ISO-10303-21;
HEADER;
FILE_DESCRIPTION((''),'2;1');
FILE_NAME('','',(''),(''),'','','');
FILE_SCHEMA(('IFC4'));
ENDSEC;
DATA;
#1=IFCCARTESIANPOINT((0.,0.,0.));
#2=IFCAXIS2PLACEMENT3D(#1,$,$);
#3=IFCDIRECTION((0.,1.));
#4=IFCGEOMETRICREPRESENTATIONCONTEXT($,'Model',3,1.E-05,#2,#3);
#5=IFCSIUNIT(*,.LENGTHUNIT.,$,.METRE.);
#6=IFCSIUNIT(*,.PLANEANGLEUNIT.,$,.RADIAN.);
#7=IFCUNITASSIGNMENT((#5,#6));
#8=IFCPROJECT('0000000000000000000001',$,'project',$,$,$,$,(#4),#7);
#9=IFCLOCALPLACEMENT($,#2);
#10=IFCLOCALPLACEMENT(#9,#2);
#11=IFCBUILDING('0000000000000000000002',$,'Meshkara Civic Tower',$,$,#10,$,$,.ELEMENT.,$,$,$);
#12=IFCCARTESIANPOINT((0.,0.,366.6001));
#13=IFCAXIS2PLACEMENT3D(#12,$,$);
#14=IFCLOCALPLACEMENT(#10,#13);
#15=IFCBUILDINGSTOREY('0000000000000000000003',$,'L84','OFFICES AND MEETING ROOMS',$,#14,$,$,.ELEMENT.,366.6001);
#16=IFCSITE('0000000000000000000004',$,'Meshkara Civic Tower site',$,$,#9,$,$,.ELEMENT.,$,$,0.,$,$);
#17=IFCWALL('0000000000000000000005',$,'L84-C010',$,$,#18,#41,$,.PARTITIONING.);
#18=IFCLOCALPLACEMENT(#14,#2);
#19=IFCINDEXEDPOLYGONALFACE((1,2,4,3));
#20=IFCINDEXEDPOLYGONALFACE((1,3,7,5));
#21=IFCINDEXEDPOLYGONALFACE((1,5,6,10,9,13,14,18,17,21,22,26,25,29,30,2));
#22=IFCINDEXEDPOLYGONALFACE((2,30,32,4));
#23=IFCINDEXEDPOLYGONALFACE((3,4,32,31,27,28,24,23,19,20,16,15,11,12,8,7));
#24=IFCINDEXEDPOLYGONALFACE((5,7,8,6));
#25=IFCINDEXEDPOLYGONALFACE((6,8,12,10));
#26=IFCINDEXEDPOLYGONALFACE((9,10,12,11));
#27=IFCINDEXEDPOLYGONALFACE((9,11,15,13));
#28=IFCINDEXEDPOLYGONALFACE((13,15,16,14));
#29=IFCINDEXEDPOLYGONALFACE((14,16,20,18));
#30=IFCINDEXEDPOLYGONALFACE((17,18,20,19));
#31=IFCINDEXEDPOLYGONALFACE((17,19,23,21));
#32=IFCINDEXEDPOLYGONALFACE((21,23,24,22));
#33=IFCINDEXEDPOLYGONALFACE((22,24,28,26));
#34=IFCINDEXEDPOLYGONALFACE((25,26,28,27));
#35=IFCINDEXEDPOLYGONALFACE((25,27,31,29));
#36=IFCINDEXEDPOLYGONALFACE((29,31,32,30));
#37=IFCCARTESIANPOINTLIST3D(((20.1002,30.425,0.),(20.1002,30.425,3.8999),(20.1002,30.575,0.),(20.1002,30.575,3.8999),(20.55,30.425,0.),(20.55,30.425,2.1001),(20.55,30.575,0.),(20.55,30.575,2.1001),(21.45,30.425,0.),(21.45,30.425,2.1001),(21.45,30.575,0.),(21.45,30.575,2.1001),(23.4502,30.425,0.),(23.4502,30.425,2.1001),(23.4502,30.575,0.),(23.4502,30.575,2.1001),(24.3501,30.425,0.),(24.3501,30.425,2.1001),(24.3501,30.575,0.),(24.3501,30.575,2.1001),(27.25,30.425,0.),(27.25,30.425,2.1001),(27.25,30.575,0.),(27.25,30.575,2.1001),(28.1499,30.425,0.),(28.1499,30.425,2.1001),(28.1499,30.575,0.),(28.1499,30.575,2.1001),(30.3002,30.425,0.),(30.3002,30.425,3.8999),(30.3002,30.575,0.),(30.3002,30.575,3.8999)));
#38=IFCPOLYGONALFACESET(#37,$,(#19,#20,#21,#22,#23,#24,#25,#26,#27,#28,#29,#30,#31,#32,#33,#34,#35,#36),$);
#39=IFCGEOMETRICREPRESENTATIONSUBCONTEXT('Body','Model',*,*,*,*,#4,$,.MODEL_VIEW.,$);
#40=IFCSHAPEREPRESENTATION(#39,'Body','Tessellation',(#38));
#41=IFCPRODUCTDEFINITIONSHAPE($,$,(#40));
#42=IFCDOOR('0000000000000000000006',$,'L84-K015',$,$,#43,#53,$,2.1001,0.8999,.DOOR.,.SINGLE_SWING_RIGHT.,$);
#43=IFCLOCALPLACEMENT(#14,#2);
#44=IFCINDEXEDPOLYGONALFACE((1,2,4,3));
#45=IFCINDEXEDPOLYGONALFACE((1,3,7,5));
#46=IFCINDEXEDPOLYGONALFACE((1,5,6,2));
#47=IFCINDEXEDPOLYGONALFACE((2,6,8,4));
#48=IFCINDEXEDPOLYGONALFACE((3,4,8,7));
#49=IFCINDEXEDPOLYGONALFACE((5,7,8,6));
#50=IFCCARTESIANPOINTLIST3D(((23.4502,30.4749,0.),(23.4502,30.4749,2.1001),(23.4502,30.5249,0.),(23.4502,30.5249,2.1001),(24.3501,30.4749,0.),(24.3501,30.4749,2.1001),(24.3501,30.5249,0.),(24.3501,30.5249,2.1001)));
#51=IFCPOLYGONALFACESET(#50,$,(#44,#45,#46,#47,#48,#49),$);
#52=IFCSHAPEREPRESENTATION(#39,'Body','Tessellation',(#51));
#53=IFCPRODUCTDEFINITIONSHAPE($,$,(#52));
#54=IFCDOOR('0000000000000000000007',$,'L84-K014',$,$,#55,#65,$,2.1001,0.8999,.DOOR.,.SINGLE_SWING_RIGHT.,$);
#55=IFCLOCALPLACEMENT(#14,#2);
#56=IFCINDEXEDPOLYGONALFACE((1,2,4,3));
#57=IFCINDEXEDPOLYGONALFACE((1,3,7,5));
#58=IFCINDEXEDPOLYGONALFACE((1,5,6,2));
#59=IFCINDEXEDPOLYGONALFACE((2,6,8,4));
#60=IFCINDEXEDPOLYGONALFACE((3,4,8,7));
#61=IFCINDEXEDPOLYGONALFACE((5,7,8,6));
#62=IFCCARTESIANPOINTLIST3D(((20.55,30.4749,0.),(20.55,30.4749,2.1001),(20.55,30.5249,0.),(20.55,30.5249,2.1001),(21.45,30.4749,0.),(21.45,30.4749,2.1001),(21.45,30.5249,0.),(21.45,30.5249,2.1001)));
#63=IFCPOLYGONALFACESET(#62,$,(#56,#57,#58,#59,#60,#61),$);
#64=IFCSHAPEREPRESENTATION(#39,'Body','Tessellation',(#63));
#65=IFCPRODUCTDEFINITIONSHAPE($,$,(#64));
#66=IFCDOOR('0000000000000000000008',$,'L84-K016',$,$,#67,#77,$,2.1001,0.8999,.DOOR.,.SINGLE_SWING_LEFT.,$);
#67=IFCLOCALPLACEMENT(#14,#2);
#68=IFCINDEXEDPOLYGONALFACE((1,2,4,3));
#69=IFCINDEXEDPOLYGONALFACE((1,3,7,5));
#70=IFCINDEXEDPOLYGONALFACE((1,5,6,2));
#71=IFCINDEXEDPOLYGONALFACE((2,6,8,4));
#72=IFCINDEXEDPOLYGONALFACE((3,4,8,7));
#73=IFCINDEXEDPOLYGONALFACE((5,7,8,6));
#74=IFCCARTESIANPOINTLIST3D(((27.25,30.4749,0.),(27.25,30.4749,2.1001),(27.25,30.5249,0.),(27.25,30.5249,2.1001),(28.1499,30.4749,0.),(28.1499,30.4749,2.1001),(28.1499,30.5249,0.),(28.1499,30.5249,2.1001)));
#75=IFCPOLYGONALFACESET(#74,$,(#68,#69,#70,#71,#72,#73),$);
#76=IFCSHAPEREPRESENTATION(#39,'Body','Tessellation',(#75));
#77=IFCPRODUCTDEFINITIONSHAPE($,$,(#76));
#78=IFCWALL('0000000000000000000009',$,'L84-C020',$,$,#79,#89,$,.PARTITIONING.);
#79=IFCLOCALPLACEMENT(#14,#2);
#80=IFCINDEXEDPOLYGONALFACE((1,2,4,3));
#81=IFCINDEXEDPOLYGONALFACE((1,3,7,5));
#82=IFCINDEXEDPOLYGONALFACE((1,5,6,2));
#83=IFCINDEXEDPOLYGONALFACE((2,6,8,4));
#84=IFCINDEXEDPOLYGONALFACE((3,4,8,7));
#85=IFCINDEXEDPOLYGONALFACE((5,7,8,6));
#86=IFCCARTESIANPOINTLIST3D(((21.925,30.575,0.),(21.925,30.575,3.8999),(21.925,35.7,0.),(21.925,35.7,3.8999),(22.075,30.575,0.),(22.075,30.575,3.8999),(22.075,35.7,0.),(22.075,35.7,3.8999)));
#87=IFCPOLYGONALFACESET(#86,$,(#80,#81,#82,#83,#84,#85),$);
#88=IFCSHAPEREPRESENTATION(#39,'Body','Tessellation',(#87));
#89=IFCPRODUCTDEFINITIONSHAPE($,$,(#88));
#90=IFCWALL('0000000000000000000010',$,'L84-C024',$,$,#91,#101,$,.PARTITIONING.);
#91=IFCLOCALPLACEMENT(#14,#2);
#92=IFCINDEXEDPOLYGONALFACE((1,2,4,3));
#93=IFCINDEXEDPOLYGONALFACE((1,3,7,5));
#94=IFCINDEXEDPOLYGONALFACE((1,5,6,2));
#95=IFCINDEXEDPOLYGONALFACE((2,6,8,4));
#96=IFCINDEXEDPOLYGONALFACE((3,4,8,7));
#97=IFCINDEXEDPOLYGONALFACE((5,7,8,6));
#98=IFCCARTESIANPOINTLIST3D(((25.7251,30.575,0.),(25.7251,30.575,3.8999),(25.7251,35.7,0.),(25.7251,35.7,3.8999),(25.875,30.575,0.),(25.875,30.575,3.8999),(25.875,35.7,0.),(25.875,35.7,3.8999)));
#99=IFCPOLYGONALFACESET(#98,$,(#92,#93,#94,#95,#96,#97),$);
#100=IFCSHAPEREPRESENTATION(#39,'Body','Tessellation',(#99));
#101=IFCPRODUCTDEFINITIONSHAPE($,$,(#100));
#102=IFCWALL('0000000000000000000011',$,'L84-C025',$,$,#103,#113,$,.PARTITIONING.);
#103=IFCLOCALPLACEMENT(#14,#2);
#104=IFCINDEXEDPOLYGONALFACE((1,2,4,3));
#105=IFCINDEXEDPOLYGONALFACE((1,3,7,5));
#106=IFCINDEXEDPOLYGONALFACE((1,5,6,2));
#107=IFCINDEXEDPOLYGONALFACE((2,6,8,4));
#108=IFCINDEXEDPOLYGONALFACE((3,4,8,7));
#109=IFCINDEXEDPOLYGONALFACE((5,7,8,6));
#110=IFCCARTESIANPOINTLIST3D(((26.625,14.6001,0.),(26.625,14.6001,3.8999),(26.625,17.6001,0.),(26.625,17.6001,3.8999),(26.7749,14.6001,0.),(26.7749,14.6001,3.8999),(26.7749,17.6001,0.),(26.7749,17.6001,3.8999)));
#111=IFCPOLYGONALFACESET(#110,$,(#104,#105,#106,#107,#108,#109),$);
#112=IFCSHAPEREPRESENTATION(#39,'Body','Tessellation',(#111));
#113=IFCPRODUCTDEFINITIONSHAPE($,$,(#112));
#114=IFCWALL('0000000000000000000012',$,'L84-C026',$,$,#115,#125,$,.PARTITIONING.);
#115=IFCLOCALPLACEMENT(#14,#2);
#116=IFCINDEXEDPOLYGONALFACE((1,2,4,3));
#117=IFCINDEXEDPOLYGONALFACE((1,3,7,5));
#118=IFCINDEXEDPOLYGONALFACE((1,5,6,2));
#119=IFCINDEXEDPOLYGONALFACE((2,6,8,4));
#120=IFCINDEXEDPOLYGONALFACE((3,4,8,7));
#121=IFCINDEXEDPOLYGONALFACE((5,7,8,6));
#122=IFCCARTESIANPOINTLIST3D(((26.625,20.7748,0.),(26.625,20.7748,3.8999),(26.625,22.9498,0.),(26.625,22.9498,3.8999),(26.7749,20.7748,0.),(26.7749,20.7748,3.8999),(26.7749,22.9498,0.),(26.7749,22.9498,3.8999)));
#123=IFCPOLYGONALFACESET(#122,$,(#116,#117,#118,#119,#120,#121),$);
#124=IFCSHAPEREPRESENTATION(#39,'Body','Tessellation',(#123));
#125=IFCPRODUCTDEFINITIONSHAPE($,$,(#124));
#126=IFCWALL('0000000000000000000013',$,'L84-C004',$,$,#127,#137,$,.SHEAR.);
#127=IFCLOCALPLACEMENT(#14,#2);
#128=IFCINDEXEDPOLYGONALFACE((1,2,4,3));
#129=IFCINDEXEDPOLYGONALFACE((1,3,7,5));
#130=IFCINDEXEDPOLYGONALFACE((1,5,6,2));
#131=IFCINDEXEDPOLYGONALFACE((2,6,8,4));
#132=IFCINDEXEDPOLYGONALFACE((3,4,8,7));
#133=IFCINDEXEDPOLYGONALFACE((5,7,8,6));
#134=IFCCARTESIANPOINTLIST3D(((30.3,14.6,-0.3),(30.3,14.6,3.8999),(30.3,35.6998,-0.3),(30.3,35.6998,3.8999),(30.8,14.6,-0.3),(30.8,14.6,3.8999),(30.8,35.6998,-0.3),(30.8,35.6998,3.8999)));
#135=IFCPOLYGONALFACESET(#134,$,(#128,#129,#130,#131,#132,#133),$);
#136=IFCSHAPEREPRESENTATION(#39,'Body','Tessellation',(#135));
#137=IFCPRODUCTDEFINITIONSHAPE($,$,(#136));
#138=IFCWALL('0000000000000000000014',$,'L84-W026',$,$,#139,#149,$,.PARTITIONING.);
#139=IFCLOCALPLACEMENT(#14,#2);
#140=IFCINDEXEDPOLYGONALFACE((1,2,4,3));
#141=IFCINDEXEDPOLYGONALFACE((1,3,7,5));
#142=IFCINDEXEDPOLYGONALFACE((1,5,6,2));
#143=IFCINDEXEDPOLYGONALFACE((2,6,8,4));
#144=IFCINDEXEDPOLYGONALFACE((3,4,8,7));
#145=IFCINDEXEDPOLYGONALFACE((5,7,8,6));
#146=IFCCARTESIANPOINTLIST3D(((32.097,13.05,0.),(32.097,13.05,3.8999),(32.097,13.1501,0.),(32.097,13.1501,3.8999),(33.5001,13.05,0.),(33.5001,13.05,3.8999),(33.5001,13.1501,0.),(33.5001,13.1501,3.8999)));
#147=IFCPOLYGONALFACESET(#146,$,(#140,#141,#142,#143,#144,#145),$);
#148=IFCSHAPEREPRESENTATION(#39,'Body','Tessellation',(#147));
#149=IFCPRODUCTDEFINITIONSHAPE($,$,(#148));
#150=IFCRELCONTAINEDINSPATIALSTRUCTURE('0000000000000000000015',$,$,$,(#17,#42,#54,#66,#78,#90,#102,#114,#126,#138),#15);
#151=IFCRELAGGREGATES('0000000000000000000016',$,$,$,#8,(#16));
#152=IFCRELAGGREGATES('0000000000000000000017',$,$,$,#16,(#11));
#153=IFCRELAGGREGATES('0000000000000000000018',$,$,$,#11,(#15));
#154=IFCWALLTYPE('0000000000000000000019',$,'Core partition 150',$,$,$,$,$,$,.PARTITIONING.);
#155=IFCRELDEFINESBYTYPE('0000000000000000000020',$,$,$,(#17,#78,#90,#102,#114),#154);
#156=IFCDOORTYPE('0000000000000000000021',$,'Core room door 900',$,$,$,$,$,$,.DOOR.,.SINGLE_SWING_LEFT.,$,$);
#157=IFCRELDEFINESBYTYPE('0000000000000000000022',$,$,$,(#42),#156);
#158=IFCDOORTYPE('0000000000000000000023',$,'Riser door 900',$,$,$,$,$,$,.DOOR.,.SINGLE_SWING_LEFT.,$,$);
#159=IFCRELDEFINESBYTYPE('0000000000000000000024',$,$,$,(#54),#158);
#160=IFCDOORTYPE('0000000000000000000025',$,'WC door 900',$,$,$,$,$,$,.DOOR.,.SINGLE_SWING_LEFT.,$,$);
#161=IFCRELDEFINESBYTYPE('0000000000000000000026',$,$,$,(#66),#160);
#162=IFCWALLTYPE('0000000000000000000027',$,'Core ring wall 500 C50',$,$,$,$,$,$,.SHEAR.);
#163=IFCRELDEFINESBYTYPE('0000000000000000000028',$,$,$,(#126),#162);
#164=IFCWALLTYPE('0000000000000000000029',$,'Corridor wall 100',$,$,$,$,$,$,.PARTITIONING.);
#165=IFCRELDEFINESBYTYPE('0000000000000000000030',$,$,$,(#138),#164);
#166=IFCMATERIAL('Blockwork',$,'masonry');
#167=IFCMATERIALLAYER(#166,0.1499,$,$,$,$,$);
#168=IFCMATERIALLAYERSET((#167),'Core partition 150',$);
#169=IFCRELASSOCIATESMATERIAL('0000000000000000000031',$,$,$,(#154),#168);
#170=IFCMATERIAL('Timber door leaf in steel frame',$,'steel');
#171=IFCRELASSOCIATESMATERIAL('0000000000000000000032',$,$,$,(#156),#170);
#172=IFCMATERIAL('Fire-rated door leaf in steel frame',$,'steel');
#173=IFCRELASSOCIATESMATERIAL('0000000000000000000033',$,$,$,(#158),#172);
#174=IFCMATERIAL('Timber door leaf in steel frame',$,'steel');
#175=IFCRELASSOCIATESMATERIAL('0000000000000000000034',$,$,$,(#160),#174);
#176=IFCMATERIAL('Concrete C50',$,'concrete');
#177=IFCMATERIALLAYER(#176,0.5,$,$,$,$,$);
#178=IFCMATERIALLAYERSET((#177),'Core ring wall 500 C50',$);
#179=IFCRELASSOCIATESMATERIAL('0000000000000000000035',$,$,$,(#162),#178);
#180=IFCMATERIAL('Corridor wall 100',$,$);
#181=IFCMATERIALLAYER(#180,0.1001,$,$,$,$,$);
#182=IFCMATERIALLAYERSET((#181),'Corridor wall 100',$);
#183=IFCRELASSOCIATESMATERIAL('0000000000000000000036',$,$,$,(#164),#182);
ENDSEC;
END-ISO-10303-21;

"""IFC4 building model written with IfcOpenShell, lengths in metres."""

from ifc_helpers import new_model, si_unit, direction, frame, frame_2d, origin, place, context, subcontext, project, spatial, rectangle, extrude, material, layer, layer_set, type_object, element, fill, save


model = new_model("IFC4")

# Units and contexts
model_context = context("Model", 3, precision=1e-05, world=origin(), true_north=direction((0.0, 1.0)))
body_context = subcontext(model_context, "Body", "Model", "MODEL_VIEW")
ifc_project = project(units=[si_unit("LENGTHUNIT", "METRE"), si_unit("PLANEANGLEUNIT", "RADIAN")], contexts=[model_context])

# Site, building, storey
site_placement = place(None, origin())
site = spatial("IfcSite", under=ifc_project, at=site_placement, Name="Meshkara Civic Tower site", CompositionType="ELEMENT", RefElevation=0.0)
building_placement = place(site_placement, origin())
building = spatial("IfcBuilding", under=site, at=building_placement, Name="Meshkara Civic Tower", CompositionType="ELEMENT")
storey_placement = place(building_placement, frame((0.0, 0.0, 366.6001)))
storey = spatial("IfcBuildingStorey", under=building, at=storey_placement, Name="L84", Description="OFFICES AND MEETING ROOMS", CompositionType="ELEMENT", Elevation=366.6001)

# Wall, openings, doors
ifc_material_1 = material(Name="Blockwork", Category="masonry")
ifc_layer_1 = layer(ifc_material_1, 0.1499)
ifc_layer_set_1 = layer_set([ifc_layer_1], Name="Core partition 150")
wall_type_1 = type_object("IfcWallType", Name="Core partition 150", PredefinedType="PARTITIONING", material=ifc_layer_set_1)
wall_1_placement = place(storey_placement, frame((20.1001, 30.5, 0.0), z_axis=(0.0, 0.0, 1.0), x_axis=(1.0, 0.0, 0.0)))
wall_1 = element("IfcWall", 1, at=wall_1_placement, inside=storey, type_object=wall_type_1, Name="L84-C010", PredefinedType="PARTITIONING", context=body_context, shape_type="SweptSolid", body=[
    extrude(rectangle(XDim=10.2, YDim=0.1499, at=frame_2d((5.1001, 0.0))), origin(), (0.0, 0.0, 1.0), 3.8999),
])
opening_1_placement = place(wall_1_placement, frame((0.45, 0.0, 0.0)))
opening_1 = element("IfcOpeningElement", 2, at=opening_1_placement, cuts=wall_1, PredefinedType="OPENING", context=body_context, shape_type="SweptSolid", body=[
    extrude(rectangle(XDim=0.8999, YDim=2.1001, at=frame_2d((0.45, 1.05))), frame((0.0, 0.085, 0.0), z_axis=(0.0, -1.0, 0.0), x_axis=(1.0, 0.0, 0.0)), (0.0, 0.0, 1.0), 0.1699),
])
opening_2_placement = place(wall_1_placement, frame((3.3501, 0.0, 0.0)))
opening_2 = element("IfcOpeningElement", 3, at=opening_2_placement, cuts=wall_1, PredefinedType="OPENING", context=body_context, shape_type="SweptSolid", body=[
    extrude(rectangle(XDim=0.8999, YDim=2.1001, at=frame_2d((0.45, 1.05))), frame((0.0, 0.085, 0.0), z_axis=(0.0, -1.0, 0.0), x_axis=(1.0, 0.0, 0.0)), (0.0, 0.0, 1.0), 0.1699),
])
opening_3_placement = place(wall_1_placement, frame((7.1499, 0.0, 0.0)))
opening_3 = element("IfcOpeningElement", 4, at=opening_3_placement, cuts=wall_1, PredefinedType="OPENING", context=body_context, shape_type="SweptSolid", body=[
    extrude(rectangle(XDim=0.8999, YDim=2.1001, at=frame_2d((0.45, 1.05))), frame((0.0, 0.085, 0.0), z_axis=(0.0, -1.0, 0.0), x_axis=(1.0, 0.0, 0.0)), (0.0, 0.0, 1.0), 0.1699),
])
ifc_material_2 = material(Name="Timber door leaf in steel frame", Category="steel")
door_type_1 = type_object("IfcDoorType", Name="Core room door 900", OperationType="SINGLE_SWING_LEFT", PredefinedType="DOOR", material=ifc_material_2)
door_1_placement = place(opening_2_placement, origin())
door_1 = element("IfcDoor", 5, at=door_1_placement, inside=storey, type_object=door_type_1, Name="L84-K015", OperationType="SINGLE_SWING_RIGHT", OverallHeight=2.1001, OverallWidth=0.8999, PredefinedType="DOOR", context=body_context, shape_type="SweptSolid", body=[
    extrude(rectangle(XDim=0.8999, YDim=2.1001, at=frame_2d((0.45, 1.05))), frame((0.0, 0.0249, 0.0), z_axis=(0.0, -1.0, 0.0), x_axis=(1.0, 0.0, 0.0)), (0.0, 0.0, 1.0), 0.05),
])
fill(opening_2, door_1)
ifc_material_3 = material(Name="Fire-rated door leaf in steel frame", Category="steel")
door_type_2 = type_object("IfcDoorType", Name="Riser door 900", OperationType="SINGLE_SWING_LEFT", PredefinedType="DOOR", material=ifc_material_3)
door_2_placement = place(opening_1_placement, origin())
door_2 = element("IfcDoor", 6, at=door_2_placement, inside=storey, type_object=door_type_2, Name="L84-K014", OperationType="SINGLE_SWING_RIGHT", OverallHeight=2.1001, OverallWidth=0.8999, PredefinedType="DOOR", context=body_context, shape_type="SweptSolid", body=[
    extrude(rectangle(XDim=0.8999, YDim=2.1001, at=frame_2d((0.45, 1.05))), frame((0.0, 0.0249, 0.0), z_axis=(0.0, -1.0, 0.0), x_axis=(1.0, 0.0, 0.0)), (0.0, 0.0, 1.0), 0.05),
])
fill(opening_1, door_2)
ifc_material_4 = material(Name="Timber door leaf in steel frame", Category="steel")
door_type_3 = type_object("IfcDoorType", Name="WC door 900", OperationType="SINGLE_SWING_LEFT", PredefinedType="DOOR", material=ifc_material_4)
door_3_placement = place(opening_3_placement, origin())
door_3 = element("IfcDoor", 7, at=door_3_placement, inside=storey, type_object=door_type_3, Name="L84-K016", OperationType="SINGLE_SWING_LEFT", OverallHeight=2.1001, OverallWidth=0.8999, PredefinedType="DOOR", context=body_context, shape_type="SweptSolid", body=[
    extrude(rectangle(XDim=0.8999, YDim=2.1001, at=frame_2d((0.45, 1.05))), frame((0.0, 0.0249, 0.0), z_axis=(0.0, -1.0, 0.0), x_axis=(1.0, 0.0, 0.0)), (0.0, 0.0, 1.0), 0.05),
])
fill(opening_3, door_3)

# Walls
for number, where, z_axis, x_axis, name in (
    (8, (22.0, 30.575, 0.0), (0.0, 0.0, 1.0), (0.0, 1.0, 0.0), "L84-C020"),
    (9, (25.8, 30.575, 0.0), (0.0, 0.0, 1.0), (0.0, 1.0, 0.0), "L84-C024"),
):
    element("IfcWall", number, at=place(storey_placement, frame(where, z_axis=z_axis, x_axis=x_axis)), inside=storey, type_object=wall_type_1, Name=name, PredefinedType="PARTITIONING", context=body_context, shape_type="SweptSolid", body=[
        extrude(rectangle(XDim=5.125, YDim=0.1499, at=frame_2d((2.5625, 0.0))), origin(), (0.0, 0.0, 1.0), 3.8999),
    ])
wall_2_placement = place(storey_placement, frame((26.7, 14.6001, 0.0), z_axis=(0.0, 0.0, 1.0), x_axis=(0.0, 1.0, 0.0)))
element("IfcWall", 10, at=wall_2_placement, inside=storey, type_object=wall_type_1, Name="L84-C025", PredefinedType="PARTITIONING", context=body_context, shape_type="SweptSolid", body=[
    extrude(rectangle(XDim=3.0, YDim=0.1499, at=frame_2d((1.5, 0.0))), origin(), (0.0, 0.0, 1.0), 3.8999),
])
wall_3_placement = place(storey_placement, frame((26.7, 20.7749, 0.0), z_axis=(0.0, 0.0, 1.0), x_axis=(0.0, 1.0, 0.0)))
element("IfcWall", 11, at=wall_3_placement, inside=storey, type_object=wall_type_1, Name="L84-C026", PredefinedType="PARTITIONING", context=body_context, shape_type="SweptSolid", body=[
    extrude(rectangle(XDim=2.175, YDim=0.1499, at=frame_2d((1.0874, 0.0))), origin(), (0.0, 0.0, 1.0), 3.8999),
])
ifc_material_5 = material(Name="Concrete C50", Category="concrete")
ifc_layer_2 = layer(ifc_material_5, 0.5)
ifc_layer_set_2 = layer_set([ifc_layer_2], Name="Core ring wall 500 C50")
wall_type_2 = type_object("IfcWallType", Name="Core ring wall 500 C50", PredefinedType="SHEAR", material=ifc_layer_set_2)
wall_4_placement = place(storey_placement, frame((30.55, 14.6001, -0.3), z_axis=(0.0, 0.0, 1.0), x_axis=(0.0, 1.0, 0.0)))
element("IfcWall", 12, at=wall_4_placement, inside=storey, type_object=wall_type_2, Name="L84-C004", PredefinedType="SHEAR", context=body_context, shape_type="SweptSolid", body=[
    extrude(rectangle(XDim=21.0999, YDim=0.5, at=frame_2d((10.5498, 0.0))), origin(), (0.0, 0.0, 1.0), 4.2),
])
ifc_material_6 = material(Name="Corridor wall 100")
ifc_layer_3 = layer(ifc_material_6, 0.1001)
ifc_layer_set_3 = layer_set([ifc_layer_3], Name="Corridor wall 100")
wall_type_3 = type_object("IfcWallType", Name="Corridor wall 100", PredefinedType="PARTITIONING", material=ifc_layer_set_3)
wall_5_placement = place(storey_placement, frame((32.0969, 13.1001, 0.0), z_axis=(0.0, 0.0, 1.0), x_axis=(1.0, 0.0, 0.0)))
element("IfcWall", 13, at=wall_5_placement, inside=storey, type_object=wall_type_3, Name="L84-W026", PredefinedType="PARTITIONING", context=body_context, shape_type="SweptSolid", body=[
    extrude(rectangle(XDim=1.4031, YDim=0.1001, at=frame_2d((0.7017, 0.0))), origin(), (0.0, 0.0, 1.0), 3.8999),
])

save(model, "model.ifc")
